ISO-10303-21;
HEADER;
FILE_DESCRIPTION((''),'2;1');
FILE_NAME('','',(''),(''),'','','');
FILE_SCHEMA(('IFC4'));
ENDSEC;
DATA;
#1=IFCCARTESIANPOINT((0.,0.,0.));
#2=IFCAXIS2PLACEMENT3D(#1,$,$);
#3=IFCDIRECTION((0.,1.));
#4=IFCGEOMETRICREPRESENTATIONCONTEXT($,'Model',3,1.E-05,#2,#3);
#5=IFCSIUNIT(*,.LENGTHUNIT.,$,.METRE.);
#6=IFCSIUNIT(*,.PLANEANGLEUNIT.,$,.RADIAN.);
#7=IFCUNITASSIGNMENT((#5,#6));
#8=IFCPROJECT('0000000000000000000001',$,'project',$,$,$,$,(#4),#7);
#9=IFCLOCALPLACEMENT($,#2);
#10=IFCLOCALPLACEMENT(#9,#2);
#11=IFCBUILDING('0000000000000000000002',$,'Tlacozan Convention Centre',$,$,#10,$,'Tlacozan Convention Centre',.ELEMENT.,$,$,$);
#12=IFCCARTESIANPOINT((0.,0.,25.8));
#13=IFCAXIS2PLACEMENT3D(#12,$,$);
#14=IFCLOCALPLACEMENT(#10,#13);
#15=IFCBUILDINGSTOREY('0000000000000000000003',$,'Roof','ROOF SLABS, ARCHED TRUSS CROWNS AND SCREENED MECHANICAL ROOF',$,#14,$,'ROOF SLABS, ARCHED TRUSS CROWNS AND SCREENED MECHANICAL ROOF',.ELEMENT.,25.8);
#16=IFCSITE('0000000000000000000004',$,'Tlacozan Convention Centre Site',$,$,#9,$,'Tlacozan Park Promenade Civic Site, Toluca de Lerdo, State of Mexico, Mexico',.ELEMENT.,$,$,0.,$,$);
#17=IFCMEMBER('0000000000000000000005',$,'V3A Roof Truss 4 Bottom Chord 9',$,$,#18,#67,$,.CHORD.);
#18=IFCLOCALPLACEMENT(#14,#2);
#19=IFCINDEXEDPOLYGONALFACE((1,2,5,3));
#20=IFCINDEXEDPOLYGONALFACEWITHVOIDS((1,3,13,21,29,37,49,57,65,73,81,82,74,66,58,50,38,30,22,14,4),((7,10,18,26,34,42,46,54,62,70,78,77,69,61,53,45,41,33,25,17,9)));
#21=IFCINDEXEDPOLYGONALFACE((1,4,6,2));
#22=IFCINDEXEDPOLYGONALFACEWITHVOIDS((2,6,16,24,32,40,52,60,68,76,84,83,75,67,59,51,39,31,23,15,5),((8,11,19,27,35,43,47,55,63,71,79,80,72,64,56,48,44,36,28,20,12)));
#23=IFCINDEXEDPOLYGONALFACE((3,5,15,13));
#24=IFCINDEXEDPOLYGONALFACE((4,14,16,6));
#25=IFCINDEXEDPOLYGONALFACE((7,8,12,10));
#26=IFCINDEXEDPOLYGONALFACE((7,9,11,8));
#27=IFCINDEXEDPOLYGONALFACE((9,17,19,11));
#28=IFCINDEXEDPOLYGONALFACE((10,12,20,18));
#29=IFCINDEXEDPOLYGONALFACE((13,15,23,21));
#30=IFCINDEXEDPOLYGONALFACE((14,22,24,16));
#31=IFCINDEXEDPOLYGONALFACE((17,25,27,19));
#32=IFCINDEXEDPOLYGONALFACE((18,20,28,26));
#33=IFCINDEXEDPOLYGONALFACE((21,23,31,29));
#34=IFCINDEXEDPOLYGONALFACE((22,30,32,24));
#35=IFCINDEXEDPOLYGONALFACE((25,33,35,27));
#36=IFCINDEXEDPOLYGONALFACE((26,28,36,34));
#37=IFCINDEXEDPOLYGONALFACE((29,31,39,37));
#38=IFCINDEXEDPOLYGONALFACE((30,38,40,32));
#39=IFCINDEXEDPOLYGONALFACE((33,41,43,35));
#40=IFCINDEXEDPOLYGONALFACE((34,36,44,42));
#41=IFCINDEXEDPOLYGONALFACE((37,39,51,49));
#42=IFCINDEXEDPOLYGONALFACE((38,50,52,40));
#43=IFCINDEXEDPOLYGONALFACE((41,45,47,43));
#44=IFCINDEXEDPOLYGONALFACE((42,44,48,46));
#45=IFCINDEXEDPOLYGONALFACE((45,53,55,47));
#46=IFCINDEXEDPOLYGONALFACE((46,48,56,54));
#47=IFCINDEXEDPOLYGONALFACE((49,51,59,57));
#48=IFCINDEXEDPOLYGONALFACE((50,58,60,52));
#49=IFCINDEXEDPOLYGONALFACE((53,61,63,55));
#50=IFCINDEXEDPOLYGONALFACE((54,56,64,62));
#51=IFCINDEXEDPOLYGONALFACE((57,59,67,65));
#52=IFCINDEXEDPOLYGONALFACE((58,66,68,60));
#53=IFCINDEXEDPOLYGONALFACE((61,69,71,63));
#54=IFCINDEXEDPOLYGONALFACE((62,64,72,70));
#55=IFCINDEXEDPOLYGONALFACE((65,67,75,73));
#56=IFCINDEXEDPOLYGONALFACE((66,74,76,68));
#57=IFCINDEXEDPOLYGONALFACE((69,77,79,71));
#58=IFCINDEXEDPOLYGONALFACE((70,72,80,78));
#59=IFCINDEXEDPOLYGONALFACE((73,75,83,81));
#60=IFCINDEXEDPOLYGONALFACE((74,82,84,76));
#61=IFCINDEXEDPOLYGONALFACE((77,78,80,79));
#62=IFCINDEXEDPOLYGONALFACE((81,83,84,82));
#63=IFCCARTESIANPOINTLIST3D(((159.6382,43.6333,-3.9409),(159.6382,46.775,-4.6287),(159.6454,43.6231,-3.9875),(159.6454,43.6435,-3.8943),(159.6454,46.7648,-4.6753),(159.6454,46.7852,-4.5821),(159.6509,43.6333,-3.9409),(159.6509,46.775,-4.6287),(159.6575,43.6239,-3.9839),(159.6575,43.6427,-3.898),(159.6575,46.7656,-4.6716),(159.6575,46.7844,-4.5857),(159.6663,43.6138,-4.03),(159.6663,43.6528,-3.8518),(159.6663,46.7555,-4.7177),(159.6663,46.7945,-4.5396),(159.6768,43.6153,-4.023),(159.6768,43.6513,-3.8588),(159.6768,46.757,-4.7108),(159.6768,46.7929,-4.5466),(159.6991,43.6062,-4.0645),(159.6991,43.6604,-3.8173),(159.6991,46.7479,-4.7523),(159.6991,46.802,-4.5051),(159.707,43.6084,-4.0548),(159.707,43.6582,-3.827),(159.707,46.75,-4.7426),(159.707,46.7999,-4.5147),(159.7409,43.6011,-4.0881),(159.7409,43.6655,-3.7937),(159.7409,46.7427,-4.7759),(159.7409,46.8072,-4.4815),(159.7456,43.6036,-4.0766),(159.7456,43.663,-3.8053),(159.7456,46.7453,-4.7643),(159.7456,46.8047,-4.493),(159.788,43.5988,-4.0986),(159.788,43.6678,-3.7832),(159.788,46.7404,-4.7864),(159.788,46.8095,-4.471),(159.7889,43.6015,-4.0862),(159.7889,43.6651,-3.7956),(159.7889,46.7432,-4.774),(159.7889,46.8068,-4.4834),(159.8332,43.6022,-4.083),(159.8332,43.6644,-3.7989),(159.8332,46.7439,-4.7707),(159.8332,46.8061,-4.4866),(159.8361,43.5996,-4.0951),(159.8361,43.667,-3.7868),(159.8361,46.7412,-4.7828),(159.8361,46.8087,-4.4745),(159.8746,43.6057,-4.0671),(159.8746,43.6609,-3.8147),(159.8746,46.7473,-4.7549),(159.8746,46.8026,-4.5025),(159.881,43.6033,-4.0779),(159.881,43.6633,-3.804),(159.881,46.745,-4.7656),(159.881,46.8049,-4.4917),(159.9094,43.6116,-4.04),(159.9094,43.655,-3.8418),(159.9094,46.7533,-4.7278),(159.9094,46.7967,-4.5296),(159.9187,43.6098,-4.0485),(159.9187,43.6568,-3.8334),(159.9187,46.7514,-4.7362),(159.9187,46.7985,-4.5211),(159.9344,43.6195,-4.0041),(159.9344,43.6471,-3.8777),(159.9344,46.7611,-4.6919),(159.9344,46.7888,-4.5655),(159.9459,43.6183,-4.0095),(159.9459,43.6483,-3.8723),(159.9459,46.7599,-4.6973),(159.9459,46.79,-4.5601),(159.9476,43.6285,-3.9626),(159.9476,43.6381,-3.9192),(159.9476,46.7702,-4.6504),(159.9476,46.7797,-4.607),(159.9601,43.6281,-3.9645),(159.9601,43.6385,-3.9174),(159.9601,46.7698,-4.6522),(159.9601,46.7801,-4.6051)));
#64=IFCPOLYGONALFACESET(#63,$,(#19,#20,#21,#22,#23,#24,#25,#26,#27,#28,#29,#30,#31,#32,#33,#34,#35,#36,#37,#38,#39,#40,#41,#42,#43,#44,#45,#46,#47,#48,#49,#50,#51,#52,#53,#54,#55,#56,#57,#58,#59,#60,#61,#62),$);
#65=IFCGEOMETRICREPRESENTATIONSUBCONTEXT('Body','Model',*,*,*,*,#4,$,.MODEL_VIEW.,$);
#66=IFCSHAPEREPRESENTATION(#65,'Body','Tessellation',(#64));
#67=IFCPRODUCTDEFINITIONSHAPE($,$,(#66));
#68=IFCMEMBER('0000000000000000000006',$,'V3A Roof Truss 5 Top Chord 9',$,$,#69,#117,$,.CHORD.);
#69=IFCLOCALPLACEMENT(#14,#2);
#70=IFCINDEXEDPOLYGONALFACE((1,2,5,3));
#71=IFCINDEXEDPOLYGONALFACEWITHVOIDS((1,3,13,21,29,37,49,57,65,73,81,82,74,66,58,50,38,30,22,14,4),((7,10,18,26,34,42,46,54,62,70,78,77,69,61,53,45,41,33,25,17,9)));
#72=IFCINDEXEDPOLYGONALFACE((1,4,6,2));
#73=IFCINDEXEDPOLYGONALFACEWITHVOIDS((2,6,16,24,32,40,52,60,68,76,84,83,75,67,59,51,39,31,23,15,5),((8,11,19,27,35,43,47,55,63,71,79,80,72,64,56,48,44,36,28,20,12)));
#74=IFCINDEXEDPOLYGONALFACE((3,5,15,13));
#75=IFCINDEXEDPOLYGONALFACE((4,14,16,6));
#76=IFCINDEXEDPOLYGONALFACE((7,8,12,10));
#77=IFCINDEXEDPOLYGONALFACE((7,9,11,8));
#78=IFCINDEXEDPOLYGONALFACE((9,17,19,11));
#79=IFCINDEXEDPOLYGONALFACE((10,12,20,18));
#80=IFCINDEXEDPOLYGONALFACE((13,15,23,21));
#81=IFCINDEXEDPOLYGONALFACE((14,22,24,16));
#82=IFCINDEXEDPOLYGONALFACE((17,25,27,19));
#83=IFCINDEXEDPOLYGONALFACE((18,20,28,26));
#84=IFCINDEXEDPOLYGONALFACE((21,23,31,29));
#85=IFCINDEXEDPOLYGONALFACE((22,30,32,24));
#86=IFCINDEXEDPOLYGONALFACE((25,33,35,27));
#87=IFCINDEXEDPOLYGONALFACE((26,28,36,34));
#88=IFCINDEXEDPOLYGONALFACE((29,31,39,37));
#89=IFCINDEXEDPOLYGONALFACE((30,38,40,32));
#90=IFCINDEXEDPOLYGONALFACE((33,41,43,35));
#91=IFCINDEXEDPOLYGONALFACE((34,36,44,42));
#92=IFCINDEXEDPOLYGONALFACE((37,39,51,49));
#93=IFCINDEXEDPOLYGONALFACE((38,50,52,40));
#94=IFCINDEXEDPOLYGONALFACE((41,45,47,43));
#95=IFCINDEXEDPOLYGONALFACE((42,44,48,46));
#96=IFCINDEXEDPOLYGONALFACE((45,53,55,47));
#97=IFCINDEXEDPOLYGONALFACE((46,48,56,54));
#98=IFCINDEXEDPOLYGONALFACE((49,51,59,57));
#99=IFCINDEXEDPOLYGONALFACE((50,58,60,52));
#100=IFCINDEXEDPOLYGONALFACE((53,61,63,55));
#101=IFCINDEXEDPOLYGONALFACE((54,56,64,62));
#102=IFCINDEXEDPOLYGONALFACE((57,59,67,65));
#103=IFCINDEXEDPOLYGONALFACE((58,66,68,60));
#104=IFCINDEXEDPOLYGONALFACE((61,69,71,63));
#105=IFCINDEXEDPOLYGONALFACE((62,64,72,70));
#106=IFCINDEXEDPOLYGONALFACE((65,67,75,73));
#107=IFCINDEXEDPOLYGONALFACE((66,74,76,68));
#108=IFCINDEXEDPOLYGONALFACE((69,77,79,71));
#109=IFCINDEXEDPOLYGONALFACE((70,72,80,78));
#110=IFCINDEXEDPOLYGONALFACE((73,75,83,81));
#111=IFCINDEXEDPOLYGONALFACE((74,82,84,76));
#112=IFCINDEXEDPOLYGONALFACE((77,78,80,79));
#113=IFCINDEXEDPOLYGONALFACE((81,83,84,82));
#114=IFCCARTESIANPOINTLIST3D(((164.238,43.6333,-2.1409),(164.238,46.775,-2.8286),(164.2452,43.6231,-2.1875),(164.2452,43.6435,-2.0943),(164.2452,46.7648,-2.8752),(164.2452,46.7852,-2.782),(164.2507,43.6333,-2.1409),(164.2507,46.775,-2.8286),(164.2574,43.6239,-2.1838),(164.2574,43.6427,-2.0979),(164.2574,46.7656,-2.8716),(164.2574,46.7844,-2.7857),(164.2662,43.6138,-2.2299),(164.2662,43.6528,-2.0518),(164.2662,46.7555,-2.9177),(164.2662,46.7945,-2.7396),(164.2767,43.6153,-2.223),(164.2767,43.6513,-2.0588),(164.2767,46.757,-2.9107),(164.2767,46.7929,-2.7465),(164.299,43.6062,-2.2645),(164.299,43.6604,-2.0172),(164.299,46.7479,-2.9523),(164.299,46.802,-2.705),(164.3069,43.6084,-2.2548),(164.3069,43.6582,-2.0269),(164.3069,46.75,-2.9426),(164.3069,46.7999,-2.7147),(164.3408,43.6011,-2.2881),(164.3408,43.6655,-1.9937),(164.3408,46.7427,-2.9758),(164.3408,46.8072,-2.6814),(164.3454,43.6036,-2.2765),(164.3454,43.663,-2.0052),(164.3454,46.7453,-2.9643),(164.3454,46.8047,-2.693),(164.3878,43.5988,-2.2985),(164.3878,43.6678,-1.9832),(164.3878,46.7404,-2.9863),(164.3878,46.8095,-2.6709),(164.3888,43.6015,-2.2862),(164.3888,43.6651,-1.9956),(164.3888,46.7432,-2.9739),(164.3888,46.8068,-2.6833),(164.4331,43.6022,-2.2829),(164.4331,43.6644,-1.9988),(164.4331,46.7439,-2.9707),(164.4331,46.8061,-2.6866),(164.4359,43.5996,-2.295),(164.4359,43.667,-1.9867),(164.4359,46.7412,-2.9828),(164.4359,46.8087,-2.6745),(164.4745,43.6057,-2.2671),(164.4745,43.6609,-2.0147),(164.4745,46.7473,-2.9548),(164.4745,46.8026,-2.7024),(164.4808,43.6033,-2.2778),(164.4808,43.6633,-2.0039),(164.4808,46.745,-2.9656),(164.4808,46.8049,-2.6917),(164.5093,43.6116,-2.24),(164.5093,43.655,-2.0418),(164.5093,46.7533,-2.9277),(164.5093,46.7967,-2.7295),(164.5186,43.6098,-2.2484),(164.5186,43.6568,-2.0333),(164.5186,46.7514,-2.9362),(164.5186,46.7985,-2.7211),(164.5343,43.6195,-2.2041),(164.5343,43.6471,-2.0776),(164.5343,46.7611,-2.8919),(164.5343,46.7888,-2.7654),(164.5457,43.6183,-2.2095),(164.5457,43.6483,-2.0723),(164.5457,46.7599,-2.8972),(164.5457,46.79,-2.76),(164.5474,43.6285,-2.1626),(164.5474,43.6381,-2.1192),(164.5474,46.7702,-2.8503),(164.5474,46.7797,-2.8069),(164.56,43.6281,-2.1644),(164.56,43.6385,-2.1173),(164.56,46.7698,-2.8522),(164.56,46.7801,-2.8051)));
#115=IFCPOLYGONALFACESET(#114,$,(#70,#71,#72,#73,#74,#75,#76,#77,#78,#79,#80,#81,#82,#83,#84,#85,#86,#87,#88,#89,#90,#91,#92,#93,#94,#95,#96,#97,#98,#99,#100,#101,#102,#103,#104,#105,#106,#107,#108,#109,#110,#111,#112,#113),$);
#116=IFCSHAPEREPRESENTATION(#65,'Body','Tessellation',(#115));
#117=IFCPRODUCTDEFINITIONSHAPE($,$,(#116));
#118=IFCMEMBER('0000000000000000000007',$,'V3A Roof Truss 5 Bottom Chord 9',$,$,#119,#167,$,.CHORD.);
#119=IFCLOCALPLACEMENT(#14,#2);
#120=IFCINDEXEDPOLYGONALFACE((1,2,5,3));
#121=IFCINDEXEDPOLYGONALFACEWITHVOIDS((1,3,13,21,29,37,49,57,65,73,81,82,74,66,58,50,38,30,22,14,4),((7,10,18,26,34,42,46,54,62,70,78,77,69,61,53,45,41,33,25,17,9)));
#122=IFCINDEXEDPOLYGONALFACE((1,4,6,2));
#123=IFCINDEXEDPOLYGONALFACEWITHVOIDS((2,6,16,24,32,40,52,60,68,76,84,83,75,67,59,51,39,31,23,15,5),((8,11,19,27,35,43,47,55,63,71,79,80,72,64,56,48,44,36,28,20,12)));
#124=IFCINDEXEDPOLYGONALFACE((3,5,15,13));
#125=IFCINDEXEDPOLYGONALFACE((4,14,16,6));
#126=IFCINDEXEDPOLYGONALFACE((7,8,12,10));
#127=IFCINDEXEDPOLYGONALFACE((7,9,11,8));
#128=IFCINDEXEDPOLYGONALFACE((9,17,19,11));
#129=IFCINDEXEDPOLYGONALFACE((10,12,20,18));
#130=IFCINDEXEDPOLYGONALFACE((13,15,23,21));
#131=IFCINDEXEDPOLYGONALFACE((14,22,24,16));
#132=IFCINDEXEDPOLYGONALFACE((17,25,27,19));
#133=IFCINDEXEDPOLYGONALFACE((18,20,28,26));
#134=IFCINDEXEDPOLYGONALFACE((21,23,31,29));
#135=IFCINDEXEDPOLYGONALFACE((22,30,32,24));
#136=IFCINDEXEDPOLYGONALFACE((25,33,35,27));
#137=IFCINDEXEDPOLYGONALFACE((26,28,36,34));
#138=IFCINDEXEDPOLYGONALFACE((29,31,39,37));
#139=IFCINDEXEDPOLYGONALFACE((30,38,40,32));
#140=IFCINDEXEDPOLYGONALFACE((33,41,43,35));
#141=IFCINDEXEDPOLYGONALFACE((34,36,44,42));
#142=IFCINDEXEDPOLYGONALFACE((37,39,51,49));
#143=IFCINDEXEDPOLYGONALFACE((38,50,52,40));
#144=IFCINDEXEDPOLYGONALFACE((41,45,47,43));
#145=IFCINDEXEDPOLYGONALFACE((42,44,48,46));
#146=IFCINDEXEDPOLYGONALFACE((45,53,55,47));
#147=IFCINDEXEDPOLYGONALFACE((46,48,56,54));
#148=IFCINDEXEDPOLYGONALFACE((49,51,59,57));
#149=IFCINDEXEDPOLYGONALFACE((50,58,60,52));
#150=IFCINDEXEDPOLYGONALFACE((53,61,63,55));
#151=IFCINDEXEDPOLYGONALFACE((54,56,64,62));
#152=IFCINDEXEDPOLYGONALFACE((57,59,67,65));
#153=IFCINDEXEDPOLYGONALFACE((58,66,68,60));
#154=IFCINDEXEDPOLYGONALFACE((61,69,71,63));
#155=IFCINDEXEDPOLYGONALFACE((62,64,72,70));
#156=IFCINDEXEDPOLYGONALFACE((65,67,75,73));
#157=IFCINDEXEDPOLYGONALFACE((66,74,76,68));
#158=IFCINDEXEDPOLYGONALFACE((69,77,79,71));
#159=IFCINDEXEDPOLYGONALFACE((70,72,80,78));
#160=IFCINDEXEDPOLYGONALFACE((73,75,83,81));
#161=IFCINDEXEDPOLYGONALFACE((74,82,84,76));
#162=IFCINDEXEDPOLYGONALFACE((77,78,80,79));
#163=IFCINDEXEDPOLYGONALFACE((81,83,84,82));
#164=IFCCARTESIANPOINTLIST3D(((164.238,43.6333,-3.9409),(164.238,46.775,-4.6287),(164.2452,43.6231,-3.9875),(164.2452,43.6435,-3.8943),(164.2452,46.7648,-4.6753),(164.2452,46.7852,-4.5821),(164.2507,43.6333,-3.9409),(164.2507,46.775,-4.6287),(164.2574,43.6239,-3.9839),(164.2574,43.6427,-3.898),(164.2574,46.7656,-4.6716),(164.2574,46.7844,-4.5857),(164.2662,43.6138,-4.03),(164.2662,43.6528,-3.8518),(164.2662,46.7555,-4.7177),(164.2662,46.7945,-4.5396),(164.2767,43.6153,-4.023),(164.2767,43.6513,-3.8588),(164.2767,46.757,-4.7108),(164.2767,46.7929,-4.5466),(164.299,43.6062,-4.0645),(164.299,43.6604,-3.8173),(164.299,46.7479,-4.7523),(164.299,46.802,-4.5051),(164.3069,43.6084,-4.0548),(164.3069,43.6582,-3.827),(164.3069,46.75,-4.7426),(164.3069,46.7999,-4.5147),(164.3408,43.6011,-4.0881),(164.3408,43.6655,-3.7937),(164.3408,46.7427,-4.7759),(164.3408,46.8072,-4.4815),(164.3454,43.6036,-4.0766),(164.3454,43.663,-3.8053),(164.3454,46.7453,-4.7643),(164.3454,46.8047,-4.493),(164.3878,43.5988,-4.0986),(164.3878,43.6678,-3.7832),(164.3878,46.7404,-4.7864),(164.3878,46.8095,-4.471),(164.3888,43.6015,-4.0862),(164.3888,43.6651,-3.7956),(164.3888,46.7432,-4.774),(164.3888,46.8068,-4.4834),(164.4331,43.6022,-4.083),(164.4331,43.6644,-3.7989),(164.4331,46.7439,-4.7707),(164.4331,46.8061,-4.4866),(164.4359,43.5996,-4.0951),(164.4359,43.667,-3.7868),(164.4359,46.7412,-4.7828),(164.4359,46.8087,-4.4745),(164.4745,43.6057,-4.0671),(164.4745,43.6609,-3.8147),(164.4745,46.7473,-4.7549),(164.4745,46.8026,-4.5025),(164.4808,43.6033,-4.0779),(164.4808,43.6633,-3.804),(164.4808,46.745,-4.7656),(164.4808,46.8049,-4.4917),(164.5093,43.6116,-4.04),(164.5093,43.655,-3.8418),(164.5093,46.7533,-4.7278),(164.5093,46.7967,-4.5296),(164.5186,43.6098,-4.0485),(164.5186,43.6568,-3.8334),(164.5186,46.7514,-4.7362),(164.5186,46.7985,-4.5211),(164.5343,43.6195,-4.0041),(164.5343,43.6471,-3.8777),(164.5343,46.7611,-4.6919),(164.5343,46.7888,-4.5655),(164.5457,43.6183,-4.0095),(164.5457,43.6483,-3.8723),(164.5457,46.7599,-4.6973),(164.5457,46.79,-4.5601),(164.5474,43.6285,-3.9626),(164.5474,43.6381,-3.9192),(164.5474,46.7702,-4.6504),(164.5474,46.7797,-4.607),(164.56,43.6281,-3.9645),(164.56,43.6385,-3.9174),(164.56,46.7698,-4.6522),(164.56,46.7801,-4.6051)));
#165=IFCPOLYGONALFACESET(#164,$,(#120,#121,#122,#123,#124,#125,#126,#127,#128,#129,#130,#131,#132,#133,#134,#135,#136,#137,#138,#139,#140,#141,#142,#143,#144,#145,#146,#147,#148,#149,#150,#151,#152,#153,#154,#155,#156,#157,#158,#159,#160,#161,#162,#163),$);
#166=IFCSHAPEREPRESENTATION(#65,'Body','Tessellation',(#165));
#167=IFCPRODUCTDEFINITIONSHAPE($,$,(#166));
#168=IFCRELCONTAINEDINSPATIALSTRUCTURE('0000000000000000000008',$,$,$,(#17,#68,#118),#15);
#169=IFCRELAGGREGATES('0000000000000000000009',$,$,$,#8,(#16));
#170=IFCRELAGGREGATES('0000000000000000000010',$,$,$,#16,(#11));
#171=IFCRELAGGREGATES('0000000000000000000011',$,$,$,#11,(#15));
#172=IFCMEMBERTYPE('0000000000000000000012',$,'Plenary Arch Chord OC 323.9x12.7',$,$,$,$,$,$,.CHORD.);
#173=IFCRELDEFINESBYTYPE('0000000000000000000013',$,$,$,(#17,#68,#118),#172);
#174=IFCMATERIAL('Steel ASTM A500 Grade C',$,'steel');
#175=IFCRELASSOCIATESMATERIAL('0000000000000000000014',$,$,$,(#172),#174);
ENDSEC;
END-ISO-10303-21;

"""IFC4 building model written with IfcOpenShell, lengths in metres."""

from ifc_helpers import new_model, si_unit, direction, frame, origin, origin_2d, place, context, subcontext, project, spatial, hollow_circle, extrude, material, material_profile, profile_set, type_object, element, save


model = new_model("IFC4")

# Units and contexts
model_context = context("Model", 3, precision=1e-05, world=origin(), true_north=direction((0.0, 1.0)))
body_context = subcontext(model_context, "Body", "Model", "MODEL_VIEW")
ifc_project = project(units=[si_unit("LENGTHUNIT", "METRE"), si_unit("PLANEANGLEUNIT", "RADIAN")], contexts=[model_context])

# Site, building, storey
site_placement = place(None, origin())
site = spatial("IfcSite", under=ifc_project, at=site_placement, Name="Tlacozan Convention Centre Site", LongName="Tlacozan Park Promenade Civic Site, Toluca de Lerdo, State of Mexico, Mexico", CompositionType="ELEMENT", RefElevation=0.0)
building_placement = place(site_placement, origin())
building = spatial("IfcBuilding", under=site, at=building_placement, Name="Tlacozan Convention Centre", LongName="Tlacozan Convention Centre", CompositionType="ELEMENT")
storey_placement = place(building_placement, frame((0.0, 0.0, 25.8)))
storey = spatial("IfcBuildingStorey", under=building, at=storey_placement, Name="Roof", Description="ROOF SLABS, ARCHED TRUSS CROWNS AND SCREENED MECHANICAL ROOF", LongName="ROOF SLABS, ARCHED TRUSS CROWNS AND SCREENED MECHANICAL ROOF", CompositionType="ELEMENT", Elevation=25.8)

# Members
ifc_material_1 = material(Name="Steel ASTM A500 Grade C", Category="steel")
ifc_material_profile_1 = material_profile(ifc_material_1, hollow_circle(Radius=0.1619, WallThickness=0.0127, at=origin_2d()), Name="OC 323.9x12.7")
ifc_profile_set_1 = profile_set([ifc_material_profile_1], Name="Steel ASTM A500 Grade C")
member_type_1 = type_object("IfcMemberType", Name="Plenary Arch Chord OC 323.9x12.7", PredefinedType="CHORD", material=ifc_profile_set_1)
for number, where, z_axis, x_axis, name in (
    (1, (159.8, 43.6333, -3.9409), (0.0, 0.976866, -0.213851), (-1.0, 0.0, 0.0), "V3A Roof Truss 4 Bottom Chord 9"),
    (2, (164.3999, 43.6333, -2.1409), (0.0, 0.976866, -0.213851), (-1.0, 0.0, 0.0), "V3A Roof Truss 5 Top Chord 9"),
    (3, (164.3999, 43.6333, -3.9409), (0.0, 0.976866, -0.213851), (-1.0, 0.0, 0.0), "V3A Roof Truss 5 Bottom Chord 9"),
):
    element("IfcMember", number, at=place(storey_placement, frame(where, z_axis=z_axis, x_axis=x_axis)), inside=storey, type_object=member_type_1, Name=name, PredefinedType="CHORD", context=body_context, shape_type="SweptSolid", body=[
        extrude(hollow_circle(Radius=0.1619, WallThickness=0.0127, at=origin_2d()), origin(), (0.0, 0.0, 1.0), 3.2161),
    ])

save(model, "model.ifc")
